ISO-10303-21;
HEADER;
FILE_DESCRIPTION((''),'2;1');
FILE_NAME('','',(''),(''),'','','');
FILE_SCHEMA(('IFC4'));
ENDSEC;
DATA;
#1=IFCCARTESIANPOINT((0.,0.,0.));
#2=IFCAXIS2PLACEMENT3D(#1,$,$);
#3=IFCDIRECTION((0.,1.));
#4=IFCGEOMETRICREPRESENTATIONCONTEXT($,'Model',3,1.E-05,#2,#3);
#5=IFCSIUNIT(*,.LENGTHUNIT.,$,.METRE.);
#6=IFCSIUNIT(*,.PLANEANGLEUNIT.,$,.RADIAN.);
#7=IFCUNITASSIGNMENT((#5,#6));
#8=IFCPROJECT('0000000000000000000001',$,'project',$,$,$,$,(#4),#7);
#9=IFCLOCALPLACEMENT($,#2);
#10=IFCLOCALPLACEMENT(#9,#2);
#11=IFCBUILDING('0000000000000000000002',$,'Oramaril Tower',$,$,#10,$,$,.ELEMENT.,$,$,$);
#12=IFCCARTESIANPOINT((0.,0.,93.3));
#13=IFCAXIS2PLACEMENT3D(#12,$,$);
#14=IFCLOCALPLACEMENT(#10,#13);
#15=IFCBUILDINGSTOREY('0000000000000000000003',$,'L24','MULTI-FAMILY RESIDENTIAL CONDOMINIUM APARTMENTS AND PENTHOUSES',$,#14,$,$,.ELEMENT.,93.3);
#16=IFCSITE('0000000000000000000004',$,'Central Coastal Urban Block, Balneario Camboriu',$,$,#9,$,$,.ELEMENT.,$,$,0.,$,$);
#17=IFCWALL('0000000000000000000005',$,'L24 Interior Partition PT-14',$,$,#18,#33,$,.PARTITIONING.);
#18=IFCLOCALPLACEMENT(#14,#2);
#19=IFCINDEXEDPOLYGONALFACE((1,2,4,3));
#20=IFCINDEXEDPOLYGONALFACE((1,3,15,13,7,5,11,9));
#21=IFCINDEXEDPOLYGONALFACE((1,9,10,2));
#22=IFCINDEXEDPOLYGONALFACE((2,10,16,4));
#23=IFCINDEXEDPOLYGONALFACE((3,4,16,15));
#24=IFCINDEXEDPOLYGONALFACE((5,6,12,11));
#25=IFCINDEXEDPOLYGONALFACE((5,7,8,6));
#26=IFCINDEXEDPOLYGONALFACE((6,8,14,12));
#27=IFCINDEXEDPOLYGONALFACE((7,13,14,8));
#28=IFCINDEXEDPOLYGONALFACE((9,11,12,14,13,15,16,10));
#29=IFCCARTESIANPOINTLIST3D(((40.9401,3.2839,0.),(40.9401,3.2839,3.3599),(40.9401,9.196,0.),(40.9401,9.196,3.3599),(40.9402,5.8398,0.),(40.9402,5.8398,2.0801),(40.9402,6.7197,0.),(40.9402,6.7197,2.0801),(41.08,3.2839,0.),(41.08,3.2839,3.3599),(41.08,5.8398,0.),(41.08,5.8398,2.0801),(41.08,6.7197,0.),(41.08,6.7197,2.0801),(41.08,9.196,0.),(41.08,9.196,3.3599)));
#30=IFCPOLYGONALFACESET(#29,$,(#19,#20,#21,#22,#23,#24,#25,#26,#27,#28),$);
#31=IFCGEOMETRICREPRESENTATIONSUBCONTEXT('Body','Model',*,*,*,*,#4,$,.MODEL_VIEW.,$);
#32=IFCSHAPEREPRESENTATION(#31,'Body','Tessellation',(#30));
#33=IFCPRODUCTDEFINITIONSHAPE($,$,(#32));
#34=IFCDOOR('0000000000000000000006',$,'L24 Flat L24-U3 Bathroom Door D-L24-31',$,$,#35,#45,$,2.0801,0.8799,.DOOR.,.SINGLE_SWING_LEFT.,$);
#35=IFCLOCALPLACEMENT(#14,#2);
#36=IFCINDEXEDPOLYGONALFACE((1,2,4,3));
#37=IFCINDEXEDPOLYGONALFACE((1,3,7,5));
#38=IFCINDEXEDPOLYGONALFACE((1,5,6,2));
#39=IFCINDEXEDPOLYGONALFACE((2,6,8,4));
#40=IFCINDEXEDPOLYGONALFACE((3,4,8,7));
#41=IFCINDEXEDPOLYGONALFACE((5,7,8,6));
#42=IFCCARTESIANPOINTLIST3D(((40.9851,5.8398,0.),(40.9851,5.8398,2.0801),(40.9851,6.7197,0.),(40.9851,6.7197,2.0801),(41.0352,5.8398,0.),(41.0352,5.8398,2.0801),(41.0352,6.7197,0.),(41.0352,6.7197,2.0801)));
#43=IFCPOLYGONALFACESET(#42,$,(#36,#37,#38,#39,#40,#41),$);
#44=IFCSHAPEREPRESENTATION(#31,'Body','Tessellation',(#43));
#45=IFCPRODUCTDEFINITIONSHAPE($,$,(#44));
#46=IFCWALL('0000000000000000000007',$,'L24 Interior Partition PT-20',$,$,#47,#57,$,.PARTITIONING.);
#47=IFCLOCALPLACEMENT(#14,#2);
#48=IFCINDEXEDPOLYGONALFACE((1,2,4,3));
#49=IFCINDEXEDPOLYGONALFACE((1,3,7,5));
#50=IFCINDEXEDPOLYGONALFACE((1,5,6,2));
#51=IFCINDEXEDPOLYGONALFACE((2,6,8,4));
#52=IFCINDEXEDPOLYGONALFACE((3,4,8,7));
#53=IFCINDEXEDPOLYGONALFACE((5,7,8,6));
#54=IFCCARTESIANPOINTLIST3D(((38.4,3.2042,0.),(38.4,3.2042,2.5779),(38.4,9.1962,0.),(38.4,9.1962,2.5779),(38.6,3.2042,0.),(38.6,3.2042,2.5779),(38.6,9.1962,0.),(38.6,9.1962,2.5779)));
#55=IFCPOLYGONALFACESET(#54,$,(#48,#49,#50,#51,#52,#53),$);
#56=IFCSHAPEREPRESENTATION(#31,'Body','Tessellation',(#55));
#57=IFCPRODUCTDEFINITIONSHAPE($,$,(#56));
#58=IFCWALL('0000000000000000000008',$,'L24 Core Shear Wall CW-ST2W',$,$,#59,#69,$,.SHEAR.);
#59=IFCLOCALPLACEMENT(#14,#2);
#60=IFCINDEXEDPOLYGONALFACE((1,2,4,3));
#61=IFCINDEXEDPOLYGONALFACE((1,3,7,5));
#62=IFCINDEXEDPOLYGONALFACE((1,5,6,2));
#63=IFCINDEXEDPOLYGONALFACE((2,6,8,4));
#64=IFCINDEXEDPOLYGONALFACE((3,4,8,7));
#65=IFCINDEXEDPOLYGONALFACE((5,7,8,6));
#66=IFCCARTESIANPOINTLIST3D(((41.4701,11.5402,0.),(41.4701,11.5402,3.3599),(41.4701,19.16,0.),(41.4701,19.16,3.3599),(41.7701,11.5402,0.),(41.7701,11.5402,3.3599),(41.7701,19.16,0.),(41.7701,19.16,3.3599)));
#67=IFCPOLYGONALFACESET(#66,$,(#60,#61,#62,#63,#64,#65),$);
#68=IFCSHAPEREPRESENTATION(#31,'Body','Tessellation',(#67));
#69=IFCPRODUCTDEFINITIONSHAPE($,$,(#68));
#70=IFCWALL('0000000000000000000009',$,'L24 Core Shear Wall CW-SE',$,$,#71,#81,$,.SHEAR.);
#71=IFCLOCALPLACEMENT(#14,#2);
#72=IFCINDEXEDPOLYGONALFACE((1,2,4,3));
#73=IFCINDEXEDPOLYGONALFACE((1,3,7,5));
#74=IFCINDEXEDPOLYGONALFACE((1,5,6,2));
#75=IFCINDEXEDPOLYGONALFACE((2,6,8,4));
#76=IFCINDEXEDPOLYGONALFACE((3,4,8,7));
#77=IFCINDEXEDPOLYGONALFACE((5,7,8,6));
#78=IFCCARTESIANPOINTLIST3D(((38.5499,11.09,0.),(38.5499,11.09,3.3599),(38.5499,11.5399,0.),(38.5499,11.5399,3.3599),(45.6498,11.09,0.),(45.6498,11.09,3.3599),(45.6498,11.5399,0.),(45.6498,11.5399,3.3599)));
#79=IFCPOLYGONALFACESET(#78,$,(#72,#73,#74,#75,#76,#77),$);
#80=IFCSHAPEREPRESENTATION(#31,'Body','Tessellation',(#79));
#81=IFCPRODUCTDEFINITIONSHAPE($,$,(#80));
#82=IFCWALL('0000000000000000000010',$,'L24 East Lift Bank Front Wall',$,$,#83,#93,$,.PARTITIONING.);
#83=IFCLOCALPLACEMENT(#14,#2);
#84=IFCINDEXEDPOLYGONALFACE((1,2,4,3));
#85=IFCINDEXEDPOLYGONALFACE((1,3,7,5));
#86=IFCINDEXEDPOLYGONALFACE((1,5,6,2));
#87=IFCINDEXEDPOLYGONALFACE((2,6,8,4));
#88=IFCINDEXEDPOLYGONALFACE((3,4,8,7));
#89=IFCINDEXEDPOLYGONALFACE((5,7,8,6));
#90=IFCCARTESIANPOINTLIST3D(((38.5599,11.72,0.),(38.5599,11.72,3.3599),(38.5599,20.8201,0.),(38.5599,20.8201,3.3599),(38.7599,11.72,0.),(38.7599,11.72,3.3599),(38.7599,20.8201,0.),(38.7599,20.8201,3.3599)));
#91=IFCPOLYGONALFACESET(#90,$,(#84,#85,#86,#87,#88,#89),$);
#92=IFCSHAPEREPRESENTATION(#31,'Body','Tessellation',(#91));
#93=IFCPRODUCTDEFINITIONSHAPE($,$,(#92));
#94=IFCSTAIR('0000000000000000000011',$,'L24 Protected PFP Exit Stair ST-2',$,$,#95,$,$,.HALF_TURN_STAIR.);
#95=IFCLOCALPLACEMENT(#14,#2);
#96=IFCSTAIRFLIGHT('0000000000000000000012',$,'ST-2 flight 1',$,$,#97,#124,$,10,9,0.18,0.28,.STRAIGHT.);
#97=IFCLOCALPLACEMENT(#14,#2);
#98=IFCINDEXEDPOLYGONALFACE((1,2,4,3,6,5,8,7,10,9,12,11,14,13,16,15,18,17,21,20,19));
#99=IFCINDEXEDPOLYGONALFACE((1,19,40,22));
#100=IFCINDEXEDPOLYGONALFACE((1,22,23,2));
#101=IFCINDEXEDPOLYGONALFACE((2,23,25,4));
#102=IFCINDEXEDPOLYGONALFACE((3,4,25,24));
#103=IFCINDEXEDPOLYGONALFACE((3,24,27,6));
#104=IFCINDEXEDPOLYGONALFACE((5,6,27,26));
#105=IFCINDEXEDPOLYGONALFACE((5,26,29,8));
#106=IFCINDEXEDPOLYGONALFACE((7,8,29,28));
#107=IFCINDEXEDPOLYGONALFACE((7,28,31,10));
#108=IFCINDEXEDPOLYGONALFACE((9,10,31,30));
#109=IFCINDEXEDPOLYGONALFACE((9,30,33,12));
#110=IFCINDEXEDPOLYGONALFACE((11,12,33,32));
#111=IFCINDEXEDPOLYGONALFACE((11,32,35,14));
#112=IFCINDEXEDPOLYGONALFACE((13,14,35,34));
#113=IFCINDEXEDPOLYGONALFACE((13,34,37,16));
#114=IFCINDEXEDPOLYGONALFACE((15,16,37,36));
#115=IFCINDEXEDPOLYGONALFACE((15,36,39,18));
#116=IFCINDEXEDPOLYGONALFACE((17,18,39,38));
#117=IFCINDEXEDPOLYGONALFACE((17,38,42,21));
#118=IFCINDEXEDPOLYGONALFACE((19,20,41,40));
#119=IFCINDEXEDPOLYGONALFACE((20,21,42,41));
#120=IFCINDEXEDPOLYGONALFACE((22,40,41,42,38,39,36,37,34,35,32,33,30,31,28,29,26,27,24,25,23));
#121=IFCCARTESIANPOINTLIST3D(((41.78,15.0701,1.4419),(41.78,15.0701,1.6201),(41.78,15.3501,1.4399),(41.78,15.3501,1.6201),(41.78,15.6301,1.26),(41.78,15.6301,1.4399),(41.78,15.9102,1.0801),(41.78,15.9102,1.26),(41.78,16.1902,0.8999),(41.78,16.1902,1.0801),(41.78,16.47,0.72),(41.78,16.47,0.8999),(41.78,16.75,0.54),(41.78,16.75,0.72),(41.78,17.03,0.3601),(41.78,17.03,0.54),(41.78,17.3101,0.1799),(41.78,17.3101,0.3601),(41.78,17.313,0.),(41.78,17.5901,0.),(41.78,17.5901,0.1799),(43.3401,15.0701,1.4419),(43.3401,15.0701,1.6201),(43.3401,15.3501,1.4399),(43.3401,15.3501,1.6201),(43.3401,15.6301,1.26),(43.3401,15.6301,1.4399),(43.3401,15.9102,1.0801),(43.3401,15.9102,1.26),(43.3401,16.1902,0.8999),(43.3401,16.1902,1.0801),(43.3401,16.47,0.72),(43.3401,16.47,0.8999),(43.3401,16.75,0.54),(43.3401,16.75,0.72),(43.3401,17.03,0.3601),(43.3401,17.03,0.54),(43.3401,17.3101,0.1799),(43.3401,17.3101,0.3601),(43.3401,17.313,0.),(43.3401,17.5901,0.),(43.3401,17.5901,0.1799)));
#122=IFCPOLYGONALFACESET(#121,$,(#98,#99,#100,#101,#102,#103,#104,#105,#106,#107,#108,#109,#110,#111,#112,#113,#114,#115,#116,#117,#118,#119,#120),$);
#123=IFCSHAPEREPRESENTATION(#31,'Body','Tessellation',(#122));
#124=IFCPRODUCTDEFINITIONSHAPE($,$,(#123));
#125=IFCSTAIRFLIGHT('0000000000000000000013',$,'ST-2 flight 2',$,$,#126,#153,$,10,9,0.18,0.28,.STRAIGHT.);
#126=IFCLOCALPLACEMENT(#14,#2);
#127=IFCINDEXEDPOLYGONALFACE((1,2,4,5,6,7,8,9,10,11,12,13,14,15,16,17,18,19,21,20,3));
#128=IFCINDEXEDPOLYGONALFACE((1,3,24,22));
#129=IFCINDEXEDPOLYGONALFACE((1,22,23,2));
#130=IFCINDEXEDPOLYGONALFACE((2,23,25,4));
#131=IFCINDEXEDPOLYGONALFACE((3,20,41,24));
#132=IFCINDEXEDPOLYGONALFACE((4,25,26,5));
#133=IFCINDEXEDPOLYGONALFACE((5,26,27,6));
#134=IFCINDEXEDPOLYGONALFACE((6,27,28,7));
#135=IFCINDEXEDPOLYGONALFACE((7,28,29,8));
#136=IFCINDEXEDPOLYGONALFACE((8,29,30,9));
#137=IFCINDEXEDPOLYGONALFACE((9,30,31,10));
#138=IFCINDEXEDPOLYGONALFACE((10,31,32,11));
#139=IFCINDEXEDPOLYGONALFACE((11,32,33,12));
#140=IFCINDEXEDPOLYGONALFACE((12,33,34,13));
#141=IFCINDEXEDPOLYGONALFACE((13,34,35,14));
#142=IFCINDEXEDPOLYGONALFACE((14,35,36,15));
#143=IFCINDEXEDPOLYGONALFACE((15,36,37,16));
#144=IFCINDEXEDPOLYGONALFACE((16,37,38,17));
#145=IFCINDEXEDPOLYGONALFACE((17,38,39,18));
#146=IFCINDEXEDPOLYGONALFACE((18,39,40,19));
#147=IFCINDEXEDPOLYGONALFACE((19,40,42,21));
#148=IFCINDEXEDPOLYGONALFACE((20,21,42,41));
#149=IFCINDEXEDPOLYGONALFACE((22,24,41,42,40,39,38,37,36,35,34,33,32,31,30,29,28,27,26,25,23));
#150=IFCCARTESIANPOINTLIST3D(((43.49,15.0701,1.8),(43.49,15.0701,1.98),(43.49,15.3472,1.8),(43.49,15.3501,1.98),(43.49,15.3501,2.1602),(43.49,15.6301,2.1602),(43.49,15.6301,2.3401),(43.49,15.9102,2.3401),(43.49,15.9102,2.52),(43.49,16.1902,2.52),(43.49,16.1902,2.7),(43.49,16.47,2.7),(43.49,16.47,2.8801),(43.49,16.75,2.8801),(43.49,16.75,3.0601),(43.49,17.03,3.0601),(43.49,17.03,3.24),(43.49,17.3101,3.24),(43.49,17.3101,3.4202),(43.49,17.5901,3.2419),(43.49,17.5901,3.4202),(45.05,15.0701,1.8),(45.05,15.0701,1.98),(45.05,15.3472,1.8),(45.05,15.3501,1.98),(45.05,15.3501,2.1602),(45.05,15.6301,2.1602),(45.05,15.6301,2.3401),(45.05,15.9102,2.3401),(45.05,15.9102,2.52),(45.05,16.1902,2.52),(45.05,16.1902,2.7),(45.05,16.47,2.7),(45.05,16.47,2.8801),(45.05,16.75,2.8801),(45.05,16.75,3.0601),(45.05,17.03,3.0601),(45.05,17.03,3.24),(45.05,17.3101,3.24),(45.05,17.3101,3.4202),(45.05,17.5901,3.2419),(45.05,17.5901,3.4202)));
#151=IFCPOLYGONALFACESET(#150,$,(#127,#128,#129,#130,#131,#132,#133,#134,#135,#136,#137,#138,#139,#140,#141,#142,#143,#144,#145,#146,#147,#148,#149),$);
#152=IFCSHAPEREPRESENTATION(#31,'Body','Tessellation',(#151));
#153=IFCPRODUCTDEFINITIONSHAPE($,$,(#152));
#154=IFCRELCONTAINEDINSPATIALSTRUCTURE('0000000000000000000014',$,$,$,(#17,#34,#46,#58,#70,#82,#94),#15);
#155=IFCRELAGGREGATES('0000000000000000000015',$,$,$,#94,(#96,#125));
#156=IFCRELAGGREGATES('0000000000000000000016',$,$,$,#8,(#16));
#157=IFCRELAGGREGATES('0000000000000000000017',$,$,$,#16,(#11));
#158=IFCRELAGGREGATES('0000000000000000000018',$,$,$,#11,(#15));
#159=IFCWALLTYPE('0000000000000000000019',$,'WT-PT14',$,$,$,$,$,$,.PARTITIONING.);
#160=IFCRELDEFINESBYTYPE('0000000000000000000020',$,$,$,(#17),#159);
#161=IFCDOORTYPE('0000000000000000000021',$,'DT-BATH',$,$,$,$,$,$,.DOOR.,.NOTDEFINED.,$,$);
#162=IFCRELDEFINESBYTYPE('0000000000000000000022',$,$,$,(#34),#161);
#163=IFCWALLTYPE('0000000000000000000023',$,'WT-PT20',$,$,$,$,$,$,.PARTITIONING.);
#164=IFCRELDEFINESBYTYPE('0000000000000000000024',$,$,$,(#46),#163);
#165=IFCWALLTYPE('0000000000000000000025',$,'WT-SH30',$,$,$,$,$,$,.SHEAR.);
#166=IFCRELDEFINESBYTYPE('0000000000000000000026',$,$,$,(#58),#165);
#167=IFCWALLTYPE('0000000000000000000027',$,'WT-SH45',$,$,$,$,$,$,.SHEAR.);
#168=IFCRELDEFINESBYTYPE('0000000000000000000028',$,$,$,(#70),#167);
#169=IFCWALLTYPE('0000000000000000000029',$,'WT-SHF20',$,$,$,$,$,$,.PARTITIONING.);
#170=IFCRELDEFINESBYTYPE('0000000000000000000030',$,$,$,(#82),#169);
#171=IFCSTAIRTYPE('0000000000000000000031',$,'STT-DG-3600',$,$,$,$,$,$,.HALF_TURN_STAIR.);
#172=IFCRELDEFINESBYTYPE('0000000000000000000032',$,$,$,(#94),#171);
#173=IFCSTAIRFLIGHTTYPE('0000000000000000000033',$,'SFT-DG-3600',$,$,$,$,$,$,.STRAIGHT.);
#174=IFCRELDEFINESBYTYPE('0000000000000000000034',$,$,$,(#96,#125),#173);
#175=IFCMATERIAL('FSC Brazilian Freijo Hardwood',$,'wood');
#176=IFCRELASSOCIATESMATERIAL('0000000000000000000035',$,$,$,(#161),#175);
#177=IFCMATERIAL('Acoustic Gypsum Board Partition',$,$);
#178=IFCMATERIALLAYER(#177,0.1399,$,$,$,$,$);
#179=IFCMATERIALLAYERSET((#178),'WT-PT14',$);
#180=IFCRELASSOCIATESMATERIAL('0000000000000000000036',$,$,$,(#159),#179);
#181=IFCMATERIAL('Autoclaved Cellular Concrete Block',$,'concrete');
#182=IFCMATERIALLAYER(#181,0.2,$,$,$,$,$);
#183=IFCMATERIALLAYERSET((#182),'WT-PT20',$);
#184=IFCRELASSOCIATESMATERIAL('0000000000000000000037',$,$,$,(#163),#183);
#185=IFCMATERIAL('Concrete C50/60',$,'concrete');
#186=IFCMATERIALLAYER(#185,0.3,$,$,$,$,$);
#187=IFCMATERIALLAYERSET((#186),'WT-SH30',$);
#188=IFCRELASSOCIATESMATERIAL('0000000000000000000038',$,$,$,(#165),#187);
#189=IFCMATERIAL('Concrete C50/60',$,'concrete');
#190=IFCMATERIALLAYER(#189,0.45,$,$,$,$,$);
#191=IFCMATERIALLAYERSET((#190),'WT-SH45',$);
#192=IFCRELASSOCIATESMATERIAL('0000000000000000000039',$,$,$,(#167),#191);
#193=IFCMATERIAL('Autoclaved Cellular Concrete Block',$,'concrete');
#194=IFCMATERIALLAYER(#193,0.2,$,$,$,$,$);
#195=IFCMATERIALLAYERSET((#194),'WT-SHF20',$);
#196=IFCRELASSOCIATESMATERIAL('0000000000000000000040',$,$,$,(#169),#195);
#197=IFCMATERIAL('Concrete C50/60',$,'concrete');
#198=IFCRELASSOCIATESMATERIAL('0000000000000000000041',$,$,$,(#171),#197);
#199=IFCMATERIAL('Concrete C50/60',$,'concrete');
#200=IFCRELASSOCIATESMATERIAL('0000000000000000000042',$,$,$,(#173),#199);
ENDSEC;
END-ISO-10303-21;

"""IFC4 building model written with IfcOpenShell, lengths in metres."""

from ifc_helpers import new_model, si_unit, direction, frame, frame_2d, origin, place, context, subcontext, project, spatial, polyline, rectangle, outline, extrude, material, layer, layer_set, type_object, element, fill, aggregate, save


model = new_model("IFC4")

# Units and contexts
model_context = context("Model", 3, precision=1e-05, world=origin(), true_north=direction((0.0, 1.0)))
body_context = subcontext(model_context, "Body", "Model", "MODEL_VIEW")
ifc_project = project(units=[si_unit("LENGTHUNIT", "METRE"), si_unit("PLANEANGLEUNIT", "RADIAN")], contexts=[model_context])

# Site, building, storey
site_placement = place(None, origin())
site = spatial("IfcSite", under=ifc_project, at=site_placement, Name="Central Coastal Urban Block, Balneario Camboriu", CompositionType="ELEMENT", RefElevation=0.0)
building_placement = place(site_placement, origin())
building = spatial("IfcBuilding", under=site, at=building_placement, Name="Oramaril Tower", CompositionType="ELEMENT")
storey_placement = place(building_placement, frame((0.0, 0.0, 93.3)))
storey = spatial("IfcBuildingStorey", under=building, at=storey_placement, Name="L24", Description="MULTI-FAMILY RESIDENTIAL CONDOMINIUM APARTMENTS AND PENTHOUSES", CompositionType="ELEMENT", Elevation=93.3)

# Shared definitions
ifc_material_1 = material(Name="FSC Brazilian Freijo Hardwood", Category="wood")
door_type_1 = type_object("IfcDoorType", Name="DT-BATH", OperationType="NOTDEFINED", PredefinedType="DOOR", material=ifc_material_1)

# Shared definitions
ifc_material_2 = material(Name="Acoustic Gypsum Board Partition")
ifc_layer_1 = layer(ifc_material_2, 0.1399)
ifc_layer_set_1 = layer_set([ifc_layer_1], Name="WT-PT14")
wall_type_1 = type_object("IfcWallType", Name="WT-PT14", PredefinedType="PARTITIONING", material=ifc_layer_set_1)

# Wall, opening, door
wall_1_placement = place(storey_placement, frame((41.01, 3.2839, 0.0), z_axis=(0.0, 0.0, 1.0), x_axis=(0.0, 1.0, 0.0)))
wall_1 = element("IfcWall", 1, at=wall_1_placement, inside=storey, type_object=wall_type_1, Name="L24 Interior Partition PT-14", PredefinedType="PARTITIONING", context=body_context, shape_type="SweptSolid", body=[
    extrude(rectangle(XDim=5.9121, YDim=0.1399, at=frame_2d((2.9561, 0.0))), origin(), (0.0, 0.0, 1.0), 3.3599),
])
opening_1_placement = place(wall_1_placement, frame((2.5559, 0.0, 0.0)))
opening_1 = element("IfcOpeningElement", 2, at=opening_1_placement, cuts=wall_1, PredefinedType="OPENING", context=body_context, shape_type="SweptSolid", body=[
    extrude(rectangle(XDim=0.8799, YDim=2.0801, at=frame_2d((0.4399, 1.04))), frame((0.0, 0.0698, 0.0), z_axis=(0.0, -1.0, 0.0), x_axis=(1.0, 0.0, 0.0)), (0.0, 0.0, 1.0), 0.1399),
])
door_1_placement = place(opening_1_placement, origin())
door_1 = element("IfcDoor", 3, at=door_1_placement, inside=storey, type_object=door_type_1, Name="L24 Flat L24-U3 Bathroom Door D-L24-31", OperationType="SINGLE_SWING_LEFT", OverallHeight=2.0801, OverallWidth=0.8799, PredefinedType="DOOR", context=body_context, shape_type="SweptSolid", body=[
    extrude(rectangle(XDim=0.8799, YDim=2.0801, at=frame_2d((0.4399, 1.04))), frame((0.0, 0.0249, 0.0), z_axis=(0.0, -1.0, 0.0), x_axis=(1.0, 0.0, 0.0)), (0.0, 0.0, 1.0), 0.05),
])
fill(opening_1, door_1)

# Walls
ifc_material_3 = material(Name="Autoclaved Cellular Concrete Block", Category="concrete")
ifc_layer_2 = layer(ifc_material_3, 0.2)
ifc_layer_set_2 = layer_set([ifc_layer_2], Name="WT-PT20")
wall_type_2 = type_object("IfcWallType", Name="WT-PT20", PredefinedType="PARTITIONING", material=ifc_layer_set_2)
wall_2_placement = place(storey_placement, frame((38.5, 3.2041, 0.0), z_axis=(0.0, 0.0, 1.0), x_axis=(0.0, 1.0, 0.0)))
element("IfcWall", 4, at=wall_2_placement, inside=storey, type_object=wall_type_2, Name="L24 Interior Partition PT-20", PredefinedType="PARTITIONING", context=body_context, shape_type="SweptSolid", body=[
    extrude(rectangle(XDim=5.9919, YDim=0.2, at=frame_2d((2.9961, 0.0))), origin(), (0.0, 0.0, 1.0), 2.5779),
])
ifc_material_4 = material(Name="Concrete C50/60", Category="concrete")
ifc_layer_3 = layer(ifc_material_4, 0.3)
ifc_layer_set_3 = layer_set([ifc_layer_3], Name="WT-SH30")
wall_type_3 = type_object("IfcWallType", Name="WT-SH30", PredefinedType="SHEAR", material=ifc_layer_set_3)
wall_3_placement = place(storey_placement, frame((41.6201, 11.54, 0.0), z_axis=(0.0, 0.0, 1.0), x_axis=(0.0, 1.0, 0.0)))
element("IfcWall", 5, at=wall_3_placement, inside=storey, type_object=wall_type_3, Name="L24 Core Shear Wall CW-ST2W", PredefinedType="SHEAR", context=body_context, shape_type="SweptSolid", body=[
    extrude(rectangle(XDim=7.6199, YDim=0.3, at=frame_2d((3.8101, 0.0))), origin(), (0.0, 0.0, 1.0), 3.3599),
])
ifc_material_5 = material(Name="Concrete C50/60", Category="concrete")
ifc_layer_4 = layer(ifc_material_5, 0.45)
ifc_layer_set_4 = layer_set([ifc_layer_4], Name="WT-SH45")
wall_type_4 = type_object("IfcWallType", Name="WT-SH45", PredefinedType="SHEAR", material=ifc_layer_set_4)
wall_4_placement = place(storey_placement, frame((38.55, 11.3149, 0.0), z_axis=(0.0, 0.0, 1.0), x_axis=(1.0, 0.0, 0.0)))
element("IfcWall", 6, at=wall_4_placement, inside=storey, type_object=wall_type_4, Name="L24 Core Shear Wall CW-SE", PredefinedType="SHEAR", context=body_context, shape_type="SweptSolid", body=[
    extrude(rectangle(XDim=7.0999, YDim=0.45, at=frame_2d((3.5498, 0.0))), origin(), (0.0, 0.0, 1.0), 3.3599),
])

# Shared definitions
ifc_material_6 = material(Name="Autoclaved Cellular Concrete Block", Category="concrete")
ifc_layer_5 = layer(ifc_material_6, 0.2)
ifc_layer_set_5 = layer_set([ifc_layer_5], Name="WT-SHF20")
wall_type_5 = type_object("IfcWallType", Name="WT-SHF20", PredefinedType="PARTITIONING", material=ifc_layer_set_5)

# Wall
wall_5_placement = place(storey_placement, frame((38.6599, 11.72, 0.0), z_axis=(0.0, 0.0, 1.0), x_axis=(0.0, 1.0, 0.0)))
element("IfcWall", 7, at=wall_5_placement, inside=storey, type_object=wall_type_5, Name="L24 East Lift Bank Front Wall", PredefinedType="PARTITIONING", context=body_context, shape_type="SweptSolid", body=[
    extrude(rectangle(XDim=9.1001, YDim=0.2, at=frame_2d((4.55, 0.0))), origin(), (0.0, 0.0, 1.0), 3.3599),
])

# Stair, stair flights
ifc_material_7 = material(Name="Concrete C50/60", Category="concrete")
stair_type = type_object("IfcStairType", Name="STT-DG-3600", PredefinedType="HALF_TURN_STAIR", material=ifc_material_7)
stair_placement = place(storey_placement, origin())
stair = element("IfcStair", 8, at=stair_placement, inside=storey, type_object=stair_type, Name="L24 Protected PFP Exit Stair ST-2", PredefinedType="HALF_TURN_STAIR")
ifc_material_8 = material(Name="Concrete C50/60", Category="concrete")
stair_flight_type = type_object("IfcStairFlightType", Name="SFT-DG-3600", PredefinedType="STRAIGHT", material=ifc_material_8)
stair_flight_1_placement = place(storey_placement, frame((42.5601, 17.5901, 0.0), z_axis=(0.0, 0.0, 1.0), x_axis=(0.0, -1.0, 0.0)))
stair_flight_1 = element("IfcStairFlight", 9, at=stair_flight_1_placement, type_object=stair_flight_type, Name="ST-2 flight 1", NumberOfRisers=10, NumberOfTreads=9, PredefinedType="STRAIGHT", RiserHeight=0.18, TreadLength=0.28, context=body_context, shape_type="SweptSolid", body=[
    extrude(outline(polyline([(0.0, 0.0), (0.0, 0.1799), (0.28, 0.1799), (0.28, 0.3601), (0.5601, 0.3601), (0.5601, 0.54), (0.8401, 0.54), (0.8401, 0.72), (1.1201, 0.72), (1.1201, 0.8999), (1.3999, 0.8999), (1.3999, 1.0801), (1.6799, 1.0801), (1.6799, 1.26), (1.96, 1.26), (1.96, 1.4399), (2.24, 1.4399), (2.24, 1.6201), (2.52, 1.6201), (2.52, 1.8), (2.52, 1.4419), (0.2771, 0.0), (0.0, 0.0)])), frame((0.0, 0.78, 0.0), z_axis=(0.0, -1.0, 0.0), x_axis=(1.0, 0.0, 0.0)), (0.0, 0.0, 1.0), 1.5601),
])
stair_flight_2_placement = place(storey_placement, frame((44.27, 15.0701, 1.8), z_axis=(0.0, 0.0, 1.0), x_axis=(0.0, 1.0, 0.0)))
stair_flight_2 = element("IfcStairFlight", 10, at=stair_flight_2_placement, type_object=stair_flight_type, Name="ST-2 flight 2", NumberOfRisers=10, NumberOfTreads=9, PredefinedType="STRAIGHT", RiserHeight=0.18, TreadLength=0.28, context=body_context, shape_type="SweptSolid", body=[
    extrude(outline(polyline([(0.0, 0.0), (0.0, 0.1799), (0.28, 0.1799), (0.28, 0.3601), (0.5601, 0.3601), (0.5601, 0.54), (0.8401, 0.54), (0.8401, 0.72), (1.1201, 0.72), (1.1201, 0.8999), (1.3999, 0.8999), (1.3999, 1.0801), (1.6799, 1.0801), (1.6799, 1.26), (1.96, 1.26), (1.96, 1.4399), (2.24, 1.4399), (2.24, 1.6201), (2.52, 1.6201), (2.52, 1.8), (2.52, 1.4419), (0.2771, 0.0), (0.0, 0.0)])), frame((0.0, 0.78, 0.0), z_axis=(0.0, -1.0, 0.0), x_axis=(1.0, 0.0, 0.0)), (0.0, 0.0, 1.0), 1.5601),
])
aggregate(stair, [stair_flight_1, stair_flight_2])

save(model, "model.ifc")
